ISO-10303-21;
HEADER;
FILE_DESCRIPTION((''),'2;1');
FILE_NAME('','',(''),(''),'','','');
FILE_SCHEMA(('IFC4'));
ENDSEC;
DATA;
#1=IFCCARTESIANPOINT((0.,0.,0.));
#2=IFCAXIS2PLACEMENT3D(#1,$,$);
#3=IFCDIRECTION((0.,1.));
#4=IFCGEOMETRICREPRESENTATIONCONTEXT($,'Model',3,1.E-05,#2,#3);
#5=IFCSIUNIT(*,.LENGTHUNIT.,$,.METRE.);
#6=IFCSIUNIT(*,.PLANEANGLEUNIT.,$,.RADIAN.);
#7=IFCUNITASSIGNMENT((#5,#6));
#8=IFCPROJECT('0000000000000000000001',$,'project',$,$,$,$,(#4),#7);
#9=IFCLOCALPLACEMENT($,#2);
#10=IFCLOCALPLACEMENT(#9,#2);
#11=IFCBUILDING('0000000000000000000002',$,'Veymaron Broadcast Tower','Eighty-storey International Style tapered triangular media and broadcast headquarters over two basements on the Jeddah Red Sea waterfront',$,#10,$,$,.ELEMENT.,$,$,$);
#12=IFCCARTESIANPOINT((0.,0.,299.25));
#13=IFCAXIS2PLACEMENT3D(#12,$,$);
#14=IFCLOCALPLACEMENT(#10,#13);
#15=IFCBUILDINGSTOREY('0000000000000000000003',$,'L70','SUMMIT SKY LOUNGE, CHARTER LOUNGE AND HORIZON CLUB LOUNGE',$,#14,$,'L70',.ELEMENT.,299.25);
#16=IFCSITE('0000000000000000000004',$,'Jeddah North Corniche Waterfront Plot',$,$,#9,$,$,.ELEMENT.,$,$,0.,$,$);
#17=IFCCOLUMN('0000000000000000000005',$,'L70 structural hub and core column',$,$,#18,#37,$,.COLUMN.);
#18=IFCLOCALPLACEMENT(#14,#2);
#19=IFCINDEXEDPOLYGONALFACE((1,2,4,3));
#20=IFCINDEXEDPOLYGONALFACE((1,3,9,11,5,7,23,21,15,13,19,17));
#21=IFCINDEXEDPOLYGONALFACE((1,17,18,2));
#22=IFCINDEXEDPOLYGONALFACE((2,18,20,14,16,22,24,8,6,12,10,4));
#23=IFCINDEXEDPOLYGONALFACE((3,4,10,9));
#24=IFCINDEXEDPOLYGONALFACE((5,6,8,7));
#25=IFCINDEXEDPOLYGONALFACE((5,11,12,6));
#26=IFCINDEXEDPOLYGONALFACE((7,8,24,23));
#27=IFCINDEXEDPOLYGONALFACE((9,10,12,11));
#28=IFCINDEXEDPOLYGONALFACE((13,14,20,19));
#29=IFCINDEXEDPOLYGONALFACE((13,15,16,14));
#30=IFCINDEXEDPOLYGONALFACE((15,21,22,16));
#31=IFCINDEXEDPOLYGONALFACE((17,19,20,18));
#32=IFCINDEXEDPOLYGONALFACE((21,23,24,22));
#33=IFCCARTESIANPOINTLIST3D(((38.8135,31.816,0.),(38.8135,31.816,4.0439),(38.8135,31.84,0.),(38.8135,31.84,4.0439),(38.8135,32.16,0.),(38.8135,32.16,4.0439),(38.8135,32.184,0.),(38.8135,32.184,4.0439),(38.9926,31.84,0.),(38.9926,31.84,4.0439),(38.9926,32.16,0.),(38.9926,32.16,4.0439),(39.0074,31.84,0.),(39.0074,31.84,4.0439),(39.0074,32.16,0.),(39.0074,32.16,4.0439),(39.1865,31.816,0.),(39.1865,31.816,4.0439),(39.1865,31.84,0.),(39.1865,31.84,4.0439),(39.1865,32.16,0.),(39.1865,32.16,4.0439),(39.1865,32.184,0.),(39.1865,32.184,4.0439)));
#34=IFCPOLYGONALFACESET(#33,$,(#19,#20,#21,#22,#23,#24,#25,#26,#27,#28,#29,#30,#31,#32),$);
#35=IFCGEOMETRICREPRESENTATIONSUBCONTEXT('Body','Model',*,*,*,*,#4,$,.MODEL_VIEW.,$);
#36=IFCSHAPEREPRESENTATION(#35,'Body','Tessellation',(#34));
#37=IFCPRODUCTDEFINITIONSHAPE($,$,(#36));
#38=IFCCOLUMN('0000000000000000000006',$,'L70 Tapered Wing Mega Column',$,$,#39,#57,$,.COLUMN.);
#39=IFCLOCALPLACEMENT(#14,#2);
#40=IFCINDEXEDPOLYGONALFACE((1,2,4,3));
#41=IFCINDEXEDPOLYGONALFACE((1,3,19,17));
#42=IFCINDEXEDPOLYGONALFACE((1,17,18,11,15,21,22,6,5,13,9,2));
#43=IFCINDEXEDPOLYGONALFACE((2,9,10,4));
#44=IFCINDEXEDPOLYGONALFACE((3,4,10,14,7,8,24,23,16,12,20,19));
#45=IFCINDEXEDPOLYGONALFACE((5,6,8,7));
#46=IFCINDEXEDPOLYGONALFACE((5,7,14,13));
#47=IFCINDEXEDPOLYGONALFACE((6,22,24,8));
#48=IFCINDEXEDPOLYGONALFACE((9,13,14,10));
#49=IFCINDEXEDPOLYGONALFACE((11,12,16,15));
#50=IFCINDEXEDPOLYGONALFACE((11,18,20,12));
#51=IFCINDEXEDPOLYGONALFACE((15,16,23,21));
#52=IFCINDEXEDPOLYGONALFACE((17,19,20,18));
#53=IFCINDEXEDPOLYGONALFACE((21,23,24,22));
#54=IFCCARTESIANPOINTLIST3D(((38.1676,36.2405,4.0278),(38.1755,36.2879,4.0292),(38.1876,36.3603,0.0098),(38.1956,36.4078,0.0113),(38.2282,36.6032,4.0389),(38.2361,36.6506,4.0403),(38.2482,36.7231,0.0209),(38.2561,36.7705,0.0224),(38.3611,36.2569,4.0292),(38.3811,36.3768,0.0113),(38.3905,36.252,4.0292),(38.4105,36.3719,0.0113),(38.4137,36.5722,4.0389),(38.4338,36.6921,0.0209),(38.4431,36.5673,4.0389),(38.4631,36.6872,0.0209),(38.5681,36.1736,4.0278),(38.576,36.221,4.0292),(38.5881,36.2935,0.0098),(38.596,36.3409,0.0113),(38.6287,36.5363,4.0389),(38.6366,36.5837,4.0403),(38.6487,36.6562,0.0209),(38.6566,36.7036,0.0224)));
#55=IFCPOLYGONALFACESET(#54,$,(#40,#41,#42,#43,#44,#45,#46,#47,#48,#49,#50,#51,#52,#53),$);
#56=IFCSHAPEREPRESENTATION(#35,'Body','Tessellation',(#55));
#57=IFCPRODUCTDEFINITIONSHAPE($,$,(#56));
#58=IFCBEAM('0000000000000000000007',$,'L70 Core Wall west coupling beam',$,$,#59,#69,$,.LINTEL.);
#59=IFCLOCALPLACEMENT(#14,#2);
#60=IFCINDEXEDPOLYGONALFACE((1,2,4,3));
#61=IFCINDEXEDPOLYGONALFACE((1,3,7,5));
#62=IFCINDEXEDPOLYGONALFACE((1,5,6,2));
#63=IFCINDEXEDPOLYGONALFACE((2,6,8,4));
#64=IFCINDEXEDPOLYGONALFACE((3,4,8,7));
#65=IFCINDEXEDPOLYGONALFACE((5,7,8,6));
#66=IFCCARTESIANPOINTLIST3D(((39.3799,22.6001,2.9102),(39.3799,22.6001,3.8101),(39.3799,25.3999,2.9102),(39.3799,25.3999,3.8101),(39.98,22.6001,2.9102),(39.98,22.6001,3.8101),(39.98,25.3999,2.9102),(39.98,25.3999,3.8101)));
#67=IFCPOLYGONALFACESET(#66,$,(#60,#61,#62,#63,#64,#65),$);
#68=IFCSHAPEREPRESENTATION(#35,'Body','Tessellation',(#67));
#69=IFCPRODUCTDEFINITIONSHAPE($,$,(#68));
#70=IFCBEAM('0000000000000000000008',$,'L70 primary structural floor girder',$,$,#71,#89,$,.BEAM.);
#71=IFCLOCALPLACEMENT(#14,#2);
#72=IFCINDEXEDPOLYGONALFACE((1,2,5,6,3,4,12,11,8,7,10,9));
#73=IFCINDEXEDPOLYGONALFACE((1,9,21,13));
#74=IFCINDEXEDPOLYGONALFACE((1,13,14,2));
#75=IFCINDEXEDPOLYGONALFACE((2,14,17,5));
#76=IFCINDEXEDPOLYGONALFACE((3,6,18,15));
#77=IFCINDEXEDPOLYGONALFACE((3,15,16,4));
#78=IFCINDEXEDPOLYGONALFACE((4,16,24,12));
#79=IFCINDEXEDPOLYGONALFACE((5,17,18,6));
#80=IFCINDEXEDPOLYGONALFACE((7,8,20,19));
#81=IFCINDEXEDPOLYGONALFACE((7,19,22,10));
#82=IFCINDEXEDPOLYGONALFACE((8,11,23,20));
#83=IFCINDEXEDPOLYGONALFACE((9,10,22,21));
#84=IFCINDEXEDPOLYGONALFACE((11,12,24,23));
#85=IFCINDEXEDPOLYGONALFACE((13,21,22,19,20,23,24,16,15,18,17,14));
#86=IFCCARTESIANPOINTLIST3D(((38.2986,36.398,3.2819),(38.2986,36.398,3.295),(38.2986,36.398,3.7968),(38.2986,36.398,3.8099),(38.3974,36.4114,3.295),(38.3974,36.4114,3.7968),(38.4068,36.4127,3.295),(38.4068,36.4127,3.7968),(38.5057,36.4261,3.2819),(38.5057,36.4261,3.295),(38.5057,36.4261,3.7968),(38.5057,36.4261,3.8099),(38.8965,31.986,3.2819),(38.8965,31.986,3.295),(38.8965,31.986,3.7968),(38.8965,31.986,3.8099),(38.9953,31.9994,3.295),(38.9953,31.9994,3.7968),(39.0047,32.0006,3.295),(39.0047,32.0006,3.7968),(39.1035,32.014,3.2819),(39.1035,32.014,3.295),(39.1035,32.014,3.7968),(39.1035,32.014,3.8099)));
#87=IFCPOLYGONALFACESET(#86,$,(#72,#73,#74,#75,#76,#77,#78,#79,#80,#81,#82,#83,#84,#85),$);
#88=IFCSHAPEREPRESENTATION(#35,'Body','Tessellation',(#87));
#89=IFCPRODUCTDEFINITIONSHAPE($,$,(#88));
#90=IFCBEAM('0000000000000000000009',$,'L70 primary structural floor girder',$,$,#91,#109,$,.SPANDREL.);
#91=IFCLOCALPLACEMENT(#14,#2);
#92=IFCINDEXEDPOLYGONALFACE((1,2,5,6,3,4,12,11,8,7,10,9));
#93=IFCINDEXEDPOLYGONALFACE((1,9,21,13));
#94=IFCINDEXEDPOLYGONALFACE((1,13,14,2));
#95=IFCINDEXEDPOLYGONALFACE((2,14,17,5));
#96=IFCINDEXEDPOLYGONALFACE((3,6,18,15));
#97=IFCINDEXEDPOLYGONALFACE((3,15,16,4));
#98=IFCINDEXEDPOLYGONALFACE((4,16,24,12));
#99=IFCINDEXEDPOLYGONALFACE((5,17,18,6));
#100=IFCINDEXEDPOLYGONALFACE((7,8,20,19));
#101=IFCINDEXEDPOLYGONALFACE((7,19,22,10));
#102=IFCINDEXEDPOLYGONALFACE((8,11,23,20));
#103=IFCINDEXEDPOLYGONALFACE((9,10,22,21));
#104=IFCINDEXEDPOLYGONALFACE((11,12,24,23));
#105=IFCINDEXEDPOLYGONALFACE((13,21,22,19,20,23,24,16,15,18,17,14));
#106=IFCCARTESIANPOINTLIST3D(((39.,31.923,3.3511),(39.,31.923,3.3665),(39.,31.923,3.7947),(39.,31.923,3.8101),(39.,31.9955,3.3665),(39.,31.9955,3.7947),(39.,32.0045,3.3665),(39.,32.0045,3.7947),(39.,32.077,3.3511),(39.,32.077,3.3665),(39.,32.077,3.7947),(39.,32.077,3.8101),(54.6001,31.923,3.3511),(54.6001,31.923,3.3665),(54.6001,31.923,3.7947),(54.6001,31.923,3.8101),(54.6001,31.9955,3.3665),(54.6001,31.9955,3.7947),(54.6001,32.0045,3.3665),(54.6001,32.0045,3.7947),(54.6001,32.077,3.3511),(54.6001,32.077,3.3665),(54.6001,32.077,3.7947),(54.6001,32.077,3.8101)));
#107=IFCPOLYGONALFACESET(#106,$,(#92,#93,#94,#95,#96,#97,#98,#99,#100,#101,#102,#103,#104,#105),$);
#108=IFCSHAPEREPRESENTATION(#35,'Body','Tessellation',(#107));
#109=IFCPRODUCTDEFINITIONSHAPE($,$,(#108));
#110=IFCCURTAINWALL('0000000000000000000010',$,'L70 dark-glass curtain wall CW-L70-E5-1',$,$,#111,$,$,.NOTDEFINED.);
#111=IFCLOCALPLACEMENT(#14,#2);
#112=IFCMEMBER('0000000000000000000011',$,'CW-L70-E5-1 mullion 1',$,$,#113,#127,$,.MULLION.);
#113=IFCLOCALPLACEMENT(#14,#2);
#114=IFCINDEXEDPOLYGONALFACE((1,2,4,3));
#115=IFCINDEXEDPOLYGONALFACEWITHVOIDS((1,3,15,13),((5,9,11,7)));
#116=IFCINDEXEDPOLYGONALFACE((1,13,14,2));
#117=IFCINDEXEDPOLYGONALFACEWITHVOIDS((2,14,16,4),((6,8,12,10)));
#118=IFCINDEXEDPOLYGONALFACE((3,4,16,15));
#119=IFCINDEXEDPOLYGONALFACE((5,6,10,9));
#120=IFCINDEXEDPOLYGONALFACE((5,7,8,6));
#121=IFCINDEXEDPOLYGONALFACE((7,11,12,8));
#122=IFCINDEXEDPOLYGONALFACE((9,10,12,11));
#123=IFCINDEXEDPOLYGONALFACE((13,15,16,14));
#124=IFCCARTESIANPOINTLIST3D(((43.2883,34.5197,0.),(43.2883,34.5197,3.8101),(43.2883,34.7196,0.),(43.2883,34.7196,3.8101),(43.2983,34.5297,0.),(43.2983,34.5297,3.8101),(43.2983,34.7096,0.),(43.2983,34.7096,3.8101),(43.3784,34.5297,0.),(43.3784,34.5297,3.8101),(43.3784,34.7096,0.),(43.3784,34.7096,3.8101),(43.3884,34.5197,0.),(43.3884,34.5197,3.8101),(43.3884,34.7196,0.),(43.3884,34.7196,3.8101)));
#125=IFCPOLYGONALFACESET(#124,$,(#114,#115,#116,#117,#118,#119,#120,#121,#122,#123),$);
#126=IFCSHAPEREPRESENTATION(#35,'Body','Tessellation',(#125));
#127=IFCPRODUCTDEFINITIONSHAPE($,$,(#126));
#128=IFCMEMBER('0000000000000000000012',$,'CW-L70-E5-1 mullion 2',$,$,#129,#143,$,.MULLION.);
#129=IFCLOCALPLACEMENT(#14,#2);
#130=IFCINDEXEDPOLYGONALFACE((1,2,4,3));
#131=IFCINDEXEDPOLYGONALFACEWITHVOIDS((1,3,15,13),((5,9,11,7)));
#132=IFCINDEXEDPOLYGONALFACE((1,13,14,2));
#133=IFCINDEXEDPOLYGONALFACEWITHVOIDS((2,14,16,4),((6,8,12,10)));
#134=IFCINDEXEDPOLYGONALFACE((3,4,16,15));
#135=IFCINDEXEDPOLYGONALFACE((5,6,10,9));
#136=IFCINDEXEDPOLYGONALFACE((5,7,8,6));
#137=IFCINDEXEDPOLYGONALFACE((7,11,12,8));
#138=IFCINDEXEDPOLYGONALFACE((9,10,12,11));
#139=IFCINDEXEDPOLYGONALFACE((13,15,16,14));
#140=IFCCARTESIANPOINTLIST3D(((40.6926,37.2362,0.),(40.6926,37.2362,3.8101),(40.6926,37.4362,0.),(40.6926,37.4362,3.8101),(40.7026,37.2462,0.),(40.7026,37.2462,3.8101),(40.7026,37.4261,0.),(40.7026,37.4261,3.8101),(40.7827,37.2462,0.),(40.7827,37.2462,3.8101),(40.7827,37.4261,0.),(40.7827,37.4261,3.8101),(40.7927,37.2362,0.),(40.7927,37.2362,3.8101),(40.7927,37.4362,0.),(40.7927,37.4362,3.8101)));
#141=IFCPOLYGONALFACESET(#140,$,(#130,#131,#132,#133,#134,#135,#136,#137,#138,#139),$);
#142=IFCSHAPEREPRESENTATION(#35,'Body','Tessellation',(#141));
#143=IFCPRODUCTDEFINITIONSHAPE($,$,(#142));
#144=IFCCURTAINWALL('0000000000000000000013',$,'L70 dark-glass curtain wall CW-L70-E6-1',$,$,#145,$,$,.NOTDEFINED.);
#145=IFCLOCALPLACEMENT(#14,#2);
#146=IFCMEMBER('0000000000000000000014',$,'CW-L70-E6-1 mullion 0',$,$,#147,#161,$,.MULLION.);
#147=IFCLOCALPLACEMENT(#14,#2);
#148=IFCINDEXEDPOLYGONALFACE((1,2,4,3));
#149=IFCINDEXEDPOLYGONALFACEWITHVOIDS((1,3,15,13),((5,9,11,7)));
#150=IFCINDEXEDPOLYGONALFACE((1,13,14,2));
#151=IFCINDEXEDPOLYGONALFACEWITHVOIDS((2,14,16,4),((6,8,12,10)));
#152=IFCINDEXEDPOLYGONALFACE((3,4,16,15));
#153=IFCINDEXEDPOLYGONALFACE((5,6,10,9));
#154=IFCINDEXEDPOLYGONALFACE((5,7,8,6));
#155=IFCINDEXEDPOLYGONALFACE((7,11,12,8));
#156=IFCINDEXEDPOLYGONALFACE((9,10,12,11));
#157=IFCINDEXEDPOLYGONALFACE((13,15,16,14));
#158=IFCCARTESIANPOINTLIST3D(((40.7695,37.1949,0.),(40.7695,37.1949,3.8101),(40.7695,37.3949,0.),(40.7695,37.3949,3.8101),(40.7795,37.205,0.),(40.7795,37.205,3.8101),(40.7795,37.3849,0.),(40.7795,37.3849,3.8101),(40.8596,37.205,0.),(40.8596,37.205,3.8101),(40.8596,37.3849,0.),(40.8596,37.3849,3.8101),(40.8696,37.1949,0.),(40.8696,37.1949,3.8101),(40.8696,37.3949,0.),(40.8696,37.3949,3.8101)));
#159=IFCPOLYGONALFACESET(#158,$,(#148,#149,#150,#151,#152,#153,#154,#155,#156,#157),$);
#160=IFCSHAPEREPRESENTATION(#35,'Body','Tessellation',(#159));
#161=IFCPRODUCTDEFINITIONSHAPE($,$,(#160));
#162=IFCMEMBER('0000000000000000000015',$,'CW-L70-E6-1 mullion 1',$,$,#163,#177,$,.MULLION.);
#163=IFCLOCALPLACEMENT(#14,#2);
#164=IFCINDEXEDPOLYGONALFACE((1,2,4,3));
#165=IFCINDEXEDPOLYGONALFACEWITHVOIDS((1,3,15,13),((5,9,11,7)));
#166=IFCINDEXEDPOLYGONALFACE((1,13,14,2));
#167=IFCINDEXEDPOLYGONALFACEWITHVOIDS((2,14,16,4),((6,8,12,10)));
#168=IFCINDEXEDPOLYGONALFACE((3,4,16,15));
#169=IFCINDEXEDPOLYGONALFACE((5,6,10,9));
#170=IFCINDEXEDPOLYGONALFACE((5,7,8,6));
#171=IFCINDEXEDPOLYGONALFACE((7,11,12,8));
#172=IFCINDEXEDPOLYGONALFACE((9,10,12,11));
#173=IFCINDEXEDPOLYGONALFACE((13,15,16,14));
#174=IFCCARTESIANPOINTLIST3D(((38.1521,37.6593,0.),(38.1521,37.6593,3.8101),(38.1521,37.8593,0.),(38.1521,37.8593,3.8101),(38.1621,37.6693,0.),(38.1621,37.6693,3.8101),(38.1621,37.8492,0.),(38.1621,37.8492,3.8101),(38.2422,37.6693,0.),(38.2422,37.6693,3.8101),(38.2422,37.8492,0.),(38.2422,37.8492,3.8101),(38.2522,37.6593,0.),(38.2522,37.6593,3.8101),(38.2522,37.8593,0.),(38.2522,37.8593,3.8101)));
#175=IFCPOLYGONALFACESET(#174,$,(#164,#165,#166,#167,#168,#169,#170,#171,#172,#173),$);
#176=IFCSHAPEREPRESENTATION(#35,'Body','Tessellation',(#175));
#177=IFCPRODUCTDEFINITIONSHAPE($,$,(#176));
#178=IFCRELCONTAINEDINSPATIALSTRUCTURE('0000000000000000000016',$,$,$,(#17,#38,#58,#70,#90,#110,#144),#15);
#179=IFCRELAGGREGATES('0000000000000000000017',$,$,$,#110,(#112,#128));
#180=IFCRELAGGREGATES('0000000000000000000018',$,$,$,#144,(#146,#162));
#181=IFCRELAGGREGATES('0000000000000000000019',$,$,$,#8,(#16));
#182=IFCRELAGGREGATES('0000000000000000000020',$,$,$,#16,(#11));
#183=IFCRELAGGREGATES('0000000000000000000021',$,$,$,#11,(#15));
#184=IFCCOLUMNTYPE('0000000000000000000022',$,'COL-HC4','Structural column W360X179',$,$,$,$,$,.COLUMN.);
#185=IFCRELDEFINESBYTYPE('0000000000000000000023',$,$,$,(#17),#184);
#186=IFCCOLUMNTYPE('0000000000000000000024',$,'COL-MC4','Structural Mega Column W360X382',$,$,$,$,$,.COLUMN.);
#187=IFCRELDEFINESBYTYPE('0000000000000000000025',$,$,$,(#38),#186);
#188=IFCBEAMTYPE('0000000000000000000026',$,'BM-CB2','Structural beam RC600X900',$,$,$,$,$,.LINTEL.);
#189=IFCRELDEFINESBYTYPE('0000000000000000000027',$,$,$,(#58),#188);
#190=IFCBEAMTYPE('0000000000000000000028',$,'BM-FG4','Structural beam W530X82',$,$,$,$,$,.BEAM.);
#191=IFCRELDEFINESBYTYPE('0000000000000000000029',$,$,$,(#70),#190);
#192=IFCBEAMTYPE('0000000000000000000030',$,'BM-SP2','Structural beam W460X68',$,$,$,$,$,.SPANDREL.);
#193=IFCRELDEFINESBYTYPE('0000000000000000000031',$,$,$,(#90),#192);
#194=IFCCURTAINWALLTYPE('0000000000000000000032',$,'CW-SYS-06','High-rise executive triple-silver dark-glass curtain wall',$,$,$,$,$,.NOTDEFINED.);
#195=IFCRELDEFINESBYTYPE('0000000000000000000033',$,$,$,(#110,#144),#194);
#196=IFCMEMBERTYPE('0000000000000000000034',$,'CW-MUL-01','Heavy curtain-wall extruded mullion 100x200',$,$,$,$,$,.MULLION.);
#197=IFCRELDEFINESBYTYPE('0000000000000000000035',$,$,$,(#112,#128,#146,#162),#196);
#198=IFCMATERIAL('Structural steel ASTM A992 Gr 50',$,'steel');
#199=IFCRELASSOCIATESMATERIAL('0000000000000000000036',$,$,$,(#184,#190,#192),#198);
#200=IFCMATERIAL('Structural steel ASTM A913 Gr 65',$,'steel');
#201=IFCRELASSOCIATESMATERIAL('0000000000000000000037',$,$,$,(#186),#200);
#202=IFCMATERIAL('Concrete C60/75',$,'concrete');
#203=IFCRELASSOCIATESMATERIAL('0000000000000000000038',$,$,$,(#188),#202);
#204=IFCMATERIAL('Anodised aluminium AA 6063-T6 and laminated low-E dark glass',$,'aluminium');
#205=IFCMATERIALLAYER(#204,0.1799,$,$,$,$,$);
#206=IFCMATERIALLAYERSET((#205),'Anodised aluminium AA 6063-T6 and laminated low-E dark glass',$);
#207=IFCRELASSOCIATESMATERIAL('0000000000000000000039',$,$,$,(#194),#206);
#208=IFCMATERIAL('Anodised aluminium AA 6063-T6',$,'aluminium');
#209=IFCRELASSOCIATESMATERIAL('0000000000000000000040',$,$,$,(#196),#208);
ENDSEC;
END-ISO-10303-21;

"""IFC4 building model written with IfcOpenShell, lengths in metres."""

from ifc_helpers import new_model, si_unit, direction, frame, origin, origin_2d, place, context, subcontext, project, spatial, rectangle, hollow_rectangle, i_section, extrude, material, layer, layer_set, material_profile, profile_set, type_object, element, aggregate, save


model = new_model("IFC4")

# Units and contexts
model_context = context("Model", 3, precision=1e-05, world=origin(), true_north=direction((0.0, 1.0)))
body_context = subcontext(model_context, "Body", "Model", "MODEL_VIEW")
ifc_project = project(units=[si_unit("LENGTHUNIT", "METRE"), si_unit("PLANEANGLEUNIT", "RADIAN")], contexts=[model_context])

# Site, building, storey
site_placement = place(None, origin())
site = spatial("IfcSite", under=ifc_project, at=site_placement, Name="Jeddah North Corniche Waterfront Plot", CompositionType="ELEMENT", RefElevation=0.0)
building_placement = place(site_placement, origin())
building = spatial("IfcBuilding", under=site, at=building_placement, Name="Veymaron Broadcast Tower", Description="Eighty-storey International Style tapered triangular media and broadcast headquarters over two basements on the Jeddah Red Sea waterfront", CompositionType="ELEMENT")
storey_placement = place(building_placement, frame((0.0, 0.0, 299.25)))
storey = spatial("IfcBuildingStorey", under=building, at=storey_placement, Name="L70", Description="SUMMIT SKY LOUNGE, CHARTER LOUNGE AND HORIZON CLUB LOUNGE", LongName="L70", CompositionType="ELEMENT", Elevation=299.25)

# Columns
ifc_material_1 = material(Name="Structural steel ASTM A992 Gr 50", Category="steel")
ifc_material_profile_1 = material_profile(ifc_material_1, i_section(OverallWidth=0.373, OverallDepth=0.3679, WebThickness=0.0149, FlangeThickness=0.0239, at=origin_2d()), Name="W360X179")
ifc_profile_set_1 = profile_set([ifc_material_profile_1], Name="Structural steel ASTM A992 Gr 50")
column_type_1 = type_object("IfcColumnType", Name="COL-HC4", Description="Structural column W360X179", PredefinedType="COLUMN", material=ifc_profile_set_1)
column_1_placement = place(storey_placement, frame((39.0, 32.0, 0.0), z_axis=(0.0, 0.0, 1.0), x_axis=(1.0, 0.0, 0.0)))
element("IfcColumn", 1, at=column_1_placement, inside=storey, type_object=column_type_1, Name="L70 structural hub and core column", PredefinedType="COLUMN", context=body_context, shape_type="SweptSolid", body=[
    extrude(i_section(OverallWidth=0.373, OverallDepth=0.3679, WebThickness=0.0149, FlangeThickness=0.0239, at=origin_2d()), origin(), (0.0, 0.0, 1.0), 4.0439),
])
ifc_material_2 = material(Name="Structural steel ASTM A913 Gr 65", Category="steel")
ifc_material_profile_2 = material_profile(ifc_material_2, i_section(OverallWidth=0.406, OverallDepth=0.416, WebThickness=0.0298, FlangeThickness=0.0481, at=origin_2d()), Name="W360X382")
ifc_profile_set_2 = profile_set([ifc_material_profile_2], Name="Structural steel ASTM A913 Gr 65")
column_type_2 = type_object("IfcColumnType", Name="COL-MC4", Description="Structural Mega Column W360X382", PredefinedType="COLUMN", material=ifc_profile_set_2)
column_2_placement = place(storey_placement, frame((38.4221, 36.532, 0.0161), z_axis=(-0.00498, -0.029822, 0.999543), x_axis=(0.98634, -0.164725, 0.0)))
element("IfcColumn", 2, at=column_2_placement, inside=storey, type_object=column_type_2, Name="L70 Tapered Wing Mega Column", PredefinedType="COLUMN", context=body_context, shape_type="SweptSolid", body=[
    extrude(i_section(OverallWidth=0.406, OverallDepth=0.416, WebThickness=0.0298, FlangeThickness=0.0481, at=origin_2d()), origin(), (0.0, 0.0, 1.0), 4.0198),
])

# Beams
ifc_material_3 = material(Name="Concrete C60/75", Category="concrete")
ifc_material_profile_3 = material_profile(ifc_material_3, rectangle(XDim=0.6001, YDim=0.8999, at=origin_2d()), Name="RC600X900")
ifc_profile_set_3 = profile_set([ifc_material_profile_3], Name="Concrete C60/75")
beam_type_1 = type_object("IfcBeamType", Name="BM-CB2", Description="Structural beam RC600X900", PredefinedType="LINTEL", material=ifc_profile_set_3)
beam_1_placement = place(storey_placement, frame((39.6799, 22.6001, 3.3601), z_axis=(0.0, 1.0, 0.0), x_axis=(-1.0, 0.0, 0.0)))
element("IfcBeam", 3, at=beam_1_placement, inside=storey, type_object=beam_type_1, Name="L70 Core Wall west coupling beam", PredefinedType="LINTEL", context=body_context, shape_type="SweptSolid", body=[
    extrude(rectangle(XDim=0.6001, YDim=0.8999, at=origin_2d()), origin(), (0.0, 0.0, 1.0), 2.7998),
])
ifc_material_profile_4 = material_profile(ifc_material_1, i_section(OverallWidth=0.209, OverallDepth=0.5281, WebThickness=0.0095, FlangeThickness=0.0132, at=origin_2d()), Name="W530X82")
ifc_profile_set_4 = profile_set([ifc_material_profile_4], Name="Structural steel ASTM A992 Gr 50")
beam_type_2 = type_object("IfcBeamType", Name="BM-FG4", Description="Structural beam W530X82", PredefinedType="BEAM", material=ifc_profile_set_4)
beam_2_placement = place(storey_placement, frame((39.0, 32.0, 3.5459), z_axis=(-0.134286, 0.990943, 0.0), x_axis=(-0.990943, -0.134286, 0.0)))
element("IfcBeam", 4, at=beam_2_placement, inside=storey, type_object=beam_type_2, Name="L70 primary structural floor girder", PredefinedType="BEAM", context=body_context, shape_type="SweptSolid", body=[
    extrude(i_section(OverallWidth=0.209, OverallDepth=0.5281, WebThickness=0.0095, FlangeThickness=0.0132, at=origin_2d()), origin(), (0.0, 0.0, 1.0), 4.4524),
])
ifc_material_profile_5 = material_profile(ifc_material_1, i_section(OverallWidth=0.1541, OverallDepth=0.459, WebThickness=0.009, FlangeThickness=0.0154, at=origin_2d()), Name="W460X68")
ifc_profile_set_5 = profile_set([ifc_material_profile_5], Name="Structural steel ASTM A992 Gr 50")
beam_type_3 = type_object("IfcBeamType", Name="BM-SP2", Description="Structural beam W460X68", PredefinedType="SPANDREL", material=ifc_profile_set_5)
beam_3_placement = place(storey_placement, frame((39.0, 32.0, 3.5806), z_axis=(1.0, 0.0, 0.0), x_axis=(0.0, 1.0, 0.0)))
element("IfcBeam", 5, at=beam_3_placement, inside=storey, type_object=beam_type_3, Name="L70 primary structural floor girder", PredefinedType="SPANDREL", context=body_context, shape_type="SweptSolid", body=[
    extrude(i_section(OverallWidth=0.1541, OverallDepth=0.459, WebThickness=0.009, FlangeThickness=0.0154, at=origin_2d()), origin(), (0.0, 0.0, 1.0), 15.6001),
])

# Curtain walls, members
ifc_material_4 = material(Name="Anodised aluminium AA 6063-T6 and laminated low-E dark glass", Category="aluminium")
ifc_layer_1 = layer(ifc_material_4, 0.1799)
ifc_layer_set_1 = layer_set([ifc_layer_1], Name="Anodised aluminium AA 6063-T6 and laminated low-E dark glass")
curtain_wall_type = type_object("IfcCurtainWallType", Name="CW-SYS-06", Description="High-rise executive triple-silver dark-glass curtain wall", PredefinedType="NOTDEFINED", material=ifc_layer_set_1)
curtain_wall_1_placement = place(storey_placement, origin())
curtain_wall_1 = element("IfcCurtainWall", 6, at=curtain_wall_1_placement, inside=storey, type_object=curtain_wall_type, Name="L70 dark-glass curtain wall CW-L70-E5-1", PredefinedType="NOTDEFINED")
ifc_material_5 = material(Name="Anodised aluminium AA 6063-T6", Category="aluminium")
ifc_material_profile_6 = material_profile(ifc_material_5, hollow_rectangle(XDim=0.1001, YDim=0.2, WallThickness=0.01, at=origin_2d()), Name="RHS200X100X10")
ifc_profile_set_6 = profile_set([ifc_material_profile_6], Name="Anodised aluminium AA 6063-T6")
member_type_1 = type_object("IfcMemberType", Name="CW-MUL-01", Description="Heavy curtain-wall extruded mullion 100x200", PredefinedType="MULLION", material=ifc_profile_set_6)
member_1_placement = place(storey_placement, frame((43.3384, 34.6196, 0.0), z_axis=(0.0, 0.0, 1.0), x_axis=(1.0, 0.0, 0.0)))
member_1 = element("IfcMember", 7, at=member_1_placement, type_object=member_type_1, Name="CW-L70-E5-1 mullion 1", PredefinedType="MULLION", context=body_context, shape_type="SweptSolid", body=[
    extrude(hollow_rectangle(XDim=0.1001, YDim=0.2, WallThickness=0.01, at=origin_2d()), origin(), (0.0, 0.0, 1.0), 3.8101),
])
member_2_placement = place(storey_placement, frame((40.7427, 37.3362, 0.0), z_axis=(0.0, 0.0, 1.0), x_axis=(1.0, 0.0, 0.0)))
member_2 = element("IfcMember", 8, at=member_2_placement, type_object=member_type_1, Name="CW-L70-E5-1 mullion 2", PredefinedType="MULLION", context=body_context, shape_type="SweptSolid", body=[
    extrude(hollow_rectangle(XDim=0.1001, YDim=0.2, WallThickness=0.01, at=origin_2d()), origin(), (0.0, 0.0, 1.0), 3.8101),
])
curtain_wall_2_placement = place(storey_placement, origin())
curtain_wall_2 = element("IfcCurtainWall", 9, at=curtain_wall_2_placement, inside=storey, type_object=curtain_wall_type, Name="L70 dark-glass curtain wall CW-L70-E6-1", PredefinedType="NOTDEFINED")
member_3_placement = place(storey_placement, frame((40.8196, 37.2949, 0.0), z_axis=(0.0, 0.0, 1.0), x_axis=(1.0, 0.0, 0.0)))
member_3 = element("IfcMember", 10, at=member_3_placement, type_object=member_type_1, Name="CW-L70-E6-1 mullion 0", PredefinedType="MULLION", context=body_context, shape_type="SweptSolid", body=[
    extrude(hollow_rectangle(XDim=0.1001, YDim=0.2, WallThickness=0.01, at=origin_2d()), origin(), (0.0, 0.0, 1.0), 3.8101),
])
member_4_placement = place(storey_placement, frame((38.2021, 37.7593, 0.0), z_axis=(0.0, 0.0, 1.0), x_axis=(1.0, 0.0, 0.0)))
member_4 = element("IfcMember", 11, at=member_4_placement, type_object=member_type_1, Name="CW-L70-E6-1 mullion 1", PredefinedType="MULLION", context=body_context, shape_type="SweptSolid", body=[
    extrude(hollow_rectangle(XDim=0.1001, YDim=0.2, WallThickness=0.01, at=origin_2d()), origin(), (0.0, 0.0, 1.0), 3.8101),
])

aggregate(curtain_wall_1, [member_1, member_2])
aggregate(curtain_wall_2, [member_3, member_4])

save(model, "model.ifc")
